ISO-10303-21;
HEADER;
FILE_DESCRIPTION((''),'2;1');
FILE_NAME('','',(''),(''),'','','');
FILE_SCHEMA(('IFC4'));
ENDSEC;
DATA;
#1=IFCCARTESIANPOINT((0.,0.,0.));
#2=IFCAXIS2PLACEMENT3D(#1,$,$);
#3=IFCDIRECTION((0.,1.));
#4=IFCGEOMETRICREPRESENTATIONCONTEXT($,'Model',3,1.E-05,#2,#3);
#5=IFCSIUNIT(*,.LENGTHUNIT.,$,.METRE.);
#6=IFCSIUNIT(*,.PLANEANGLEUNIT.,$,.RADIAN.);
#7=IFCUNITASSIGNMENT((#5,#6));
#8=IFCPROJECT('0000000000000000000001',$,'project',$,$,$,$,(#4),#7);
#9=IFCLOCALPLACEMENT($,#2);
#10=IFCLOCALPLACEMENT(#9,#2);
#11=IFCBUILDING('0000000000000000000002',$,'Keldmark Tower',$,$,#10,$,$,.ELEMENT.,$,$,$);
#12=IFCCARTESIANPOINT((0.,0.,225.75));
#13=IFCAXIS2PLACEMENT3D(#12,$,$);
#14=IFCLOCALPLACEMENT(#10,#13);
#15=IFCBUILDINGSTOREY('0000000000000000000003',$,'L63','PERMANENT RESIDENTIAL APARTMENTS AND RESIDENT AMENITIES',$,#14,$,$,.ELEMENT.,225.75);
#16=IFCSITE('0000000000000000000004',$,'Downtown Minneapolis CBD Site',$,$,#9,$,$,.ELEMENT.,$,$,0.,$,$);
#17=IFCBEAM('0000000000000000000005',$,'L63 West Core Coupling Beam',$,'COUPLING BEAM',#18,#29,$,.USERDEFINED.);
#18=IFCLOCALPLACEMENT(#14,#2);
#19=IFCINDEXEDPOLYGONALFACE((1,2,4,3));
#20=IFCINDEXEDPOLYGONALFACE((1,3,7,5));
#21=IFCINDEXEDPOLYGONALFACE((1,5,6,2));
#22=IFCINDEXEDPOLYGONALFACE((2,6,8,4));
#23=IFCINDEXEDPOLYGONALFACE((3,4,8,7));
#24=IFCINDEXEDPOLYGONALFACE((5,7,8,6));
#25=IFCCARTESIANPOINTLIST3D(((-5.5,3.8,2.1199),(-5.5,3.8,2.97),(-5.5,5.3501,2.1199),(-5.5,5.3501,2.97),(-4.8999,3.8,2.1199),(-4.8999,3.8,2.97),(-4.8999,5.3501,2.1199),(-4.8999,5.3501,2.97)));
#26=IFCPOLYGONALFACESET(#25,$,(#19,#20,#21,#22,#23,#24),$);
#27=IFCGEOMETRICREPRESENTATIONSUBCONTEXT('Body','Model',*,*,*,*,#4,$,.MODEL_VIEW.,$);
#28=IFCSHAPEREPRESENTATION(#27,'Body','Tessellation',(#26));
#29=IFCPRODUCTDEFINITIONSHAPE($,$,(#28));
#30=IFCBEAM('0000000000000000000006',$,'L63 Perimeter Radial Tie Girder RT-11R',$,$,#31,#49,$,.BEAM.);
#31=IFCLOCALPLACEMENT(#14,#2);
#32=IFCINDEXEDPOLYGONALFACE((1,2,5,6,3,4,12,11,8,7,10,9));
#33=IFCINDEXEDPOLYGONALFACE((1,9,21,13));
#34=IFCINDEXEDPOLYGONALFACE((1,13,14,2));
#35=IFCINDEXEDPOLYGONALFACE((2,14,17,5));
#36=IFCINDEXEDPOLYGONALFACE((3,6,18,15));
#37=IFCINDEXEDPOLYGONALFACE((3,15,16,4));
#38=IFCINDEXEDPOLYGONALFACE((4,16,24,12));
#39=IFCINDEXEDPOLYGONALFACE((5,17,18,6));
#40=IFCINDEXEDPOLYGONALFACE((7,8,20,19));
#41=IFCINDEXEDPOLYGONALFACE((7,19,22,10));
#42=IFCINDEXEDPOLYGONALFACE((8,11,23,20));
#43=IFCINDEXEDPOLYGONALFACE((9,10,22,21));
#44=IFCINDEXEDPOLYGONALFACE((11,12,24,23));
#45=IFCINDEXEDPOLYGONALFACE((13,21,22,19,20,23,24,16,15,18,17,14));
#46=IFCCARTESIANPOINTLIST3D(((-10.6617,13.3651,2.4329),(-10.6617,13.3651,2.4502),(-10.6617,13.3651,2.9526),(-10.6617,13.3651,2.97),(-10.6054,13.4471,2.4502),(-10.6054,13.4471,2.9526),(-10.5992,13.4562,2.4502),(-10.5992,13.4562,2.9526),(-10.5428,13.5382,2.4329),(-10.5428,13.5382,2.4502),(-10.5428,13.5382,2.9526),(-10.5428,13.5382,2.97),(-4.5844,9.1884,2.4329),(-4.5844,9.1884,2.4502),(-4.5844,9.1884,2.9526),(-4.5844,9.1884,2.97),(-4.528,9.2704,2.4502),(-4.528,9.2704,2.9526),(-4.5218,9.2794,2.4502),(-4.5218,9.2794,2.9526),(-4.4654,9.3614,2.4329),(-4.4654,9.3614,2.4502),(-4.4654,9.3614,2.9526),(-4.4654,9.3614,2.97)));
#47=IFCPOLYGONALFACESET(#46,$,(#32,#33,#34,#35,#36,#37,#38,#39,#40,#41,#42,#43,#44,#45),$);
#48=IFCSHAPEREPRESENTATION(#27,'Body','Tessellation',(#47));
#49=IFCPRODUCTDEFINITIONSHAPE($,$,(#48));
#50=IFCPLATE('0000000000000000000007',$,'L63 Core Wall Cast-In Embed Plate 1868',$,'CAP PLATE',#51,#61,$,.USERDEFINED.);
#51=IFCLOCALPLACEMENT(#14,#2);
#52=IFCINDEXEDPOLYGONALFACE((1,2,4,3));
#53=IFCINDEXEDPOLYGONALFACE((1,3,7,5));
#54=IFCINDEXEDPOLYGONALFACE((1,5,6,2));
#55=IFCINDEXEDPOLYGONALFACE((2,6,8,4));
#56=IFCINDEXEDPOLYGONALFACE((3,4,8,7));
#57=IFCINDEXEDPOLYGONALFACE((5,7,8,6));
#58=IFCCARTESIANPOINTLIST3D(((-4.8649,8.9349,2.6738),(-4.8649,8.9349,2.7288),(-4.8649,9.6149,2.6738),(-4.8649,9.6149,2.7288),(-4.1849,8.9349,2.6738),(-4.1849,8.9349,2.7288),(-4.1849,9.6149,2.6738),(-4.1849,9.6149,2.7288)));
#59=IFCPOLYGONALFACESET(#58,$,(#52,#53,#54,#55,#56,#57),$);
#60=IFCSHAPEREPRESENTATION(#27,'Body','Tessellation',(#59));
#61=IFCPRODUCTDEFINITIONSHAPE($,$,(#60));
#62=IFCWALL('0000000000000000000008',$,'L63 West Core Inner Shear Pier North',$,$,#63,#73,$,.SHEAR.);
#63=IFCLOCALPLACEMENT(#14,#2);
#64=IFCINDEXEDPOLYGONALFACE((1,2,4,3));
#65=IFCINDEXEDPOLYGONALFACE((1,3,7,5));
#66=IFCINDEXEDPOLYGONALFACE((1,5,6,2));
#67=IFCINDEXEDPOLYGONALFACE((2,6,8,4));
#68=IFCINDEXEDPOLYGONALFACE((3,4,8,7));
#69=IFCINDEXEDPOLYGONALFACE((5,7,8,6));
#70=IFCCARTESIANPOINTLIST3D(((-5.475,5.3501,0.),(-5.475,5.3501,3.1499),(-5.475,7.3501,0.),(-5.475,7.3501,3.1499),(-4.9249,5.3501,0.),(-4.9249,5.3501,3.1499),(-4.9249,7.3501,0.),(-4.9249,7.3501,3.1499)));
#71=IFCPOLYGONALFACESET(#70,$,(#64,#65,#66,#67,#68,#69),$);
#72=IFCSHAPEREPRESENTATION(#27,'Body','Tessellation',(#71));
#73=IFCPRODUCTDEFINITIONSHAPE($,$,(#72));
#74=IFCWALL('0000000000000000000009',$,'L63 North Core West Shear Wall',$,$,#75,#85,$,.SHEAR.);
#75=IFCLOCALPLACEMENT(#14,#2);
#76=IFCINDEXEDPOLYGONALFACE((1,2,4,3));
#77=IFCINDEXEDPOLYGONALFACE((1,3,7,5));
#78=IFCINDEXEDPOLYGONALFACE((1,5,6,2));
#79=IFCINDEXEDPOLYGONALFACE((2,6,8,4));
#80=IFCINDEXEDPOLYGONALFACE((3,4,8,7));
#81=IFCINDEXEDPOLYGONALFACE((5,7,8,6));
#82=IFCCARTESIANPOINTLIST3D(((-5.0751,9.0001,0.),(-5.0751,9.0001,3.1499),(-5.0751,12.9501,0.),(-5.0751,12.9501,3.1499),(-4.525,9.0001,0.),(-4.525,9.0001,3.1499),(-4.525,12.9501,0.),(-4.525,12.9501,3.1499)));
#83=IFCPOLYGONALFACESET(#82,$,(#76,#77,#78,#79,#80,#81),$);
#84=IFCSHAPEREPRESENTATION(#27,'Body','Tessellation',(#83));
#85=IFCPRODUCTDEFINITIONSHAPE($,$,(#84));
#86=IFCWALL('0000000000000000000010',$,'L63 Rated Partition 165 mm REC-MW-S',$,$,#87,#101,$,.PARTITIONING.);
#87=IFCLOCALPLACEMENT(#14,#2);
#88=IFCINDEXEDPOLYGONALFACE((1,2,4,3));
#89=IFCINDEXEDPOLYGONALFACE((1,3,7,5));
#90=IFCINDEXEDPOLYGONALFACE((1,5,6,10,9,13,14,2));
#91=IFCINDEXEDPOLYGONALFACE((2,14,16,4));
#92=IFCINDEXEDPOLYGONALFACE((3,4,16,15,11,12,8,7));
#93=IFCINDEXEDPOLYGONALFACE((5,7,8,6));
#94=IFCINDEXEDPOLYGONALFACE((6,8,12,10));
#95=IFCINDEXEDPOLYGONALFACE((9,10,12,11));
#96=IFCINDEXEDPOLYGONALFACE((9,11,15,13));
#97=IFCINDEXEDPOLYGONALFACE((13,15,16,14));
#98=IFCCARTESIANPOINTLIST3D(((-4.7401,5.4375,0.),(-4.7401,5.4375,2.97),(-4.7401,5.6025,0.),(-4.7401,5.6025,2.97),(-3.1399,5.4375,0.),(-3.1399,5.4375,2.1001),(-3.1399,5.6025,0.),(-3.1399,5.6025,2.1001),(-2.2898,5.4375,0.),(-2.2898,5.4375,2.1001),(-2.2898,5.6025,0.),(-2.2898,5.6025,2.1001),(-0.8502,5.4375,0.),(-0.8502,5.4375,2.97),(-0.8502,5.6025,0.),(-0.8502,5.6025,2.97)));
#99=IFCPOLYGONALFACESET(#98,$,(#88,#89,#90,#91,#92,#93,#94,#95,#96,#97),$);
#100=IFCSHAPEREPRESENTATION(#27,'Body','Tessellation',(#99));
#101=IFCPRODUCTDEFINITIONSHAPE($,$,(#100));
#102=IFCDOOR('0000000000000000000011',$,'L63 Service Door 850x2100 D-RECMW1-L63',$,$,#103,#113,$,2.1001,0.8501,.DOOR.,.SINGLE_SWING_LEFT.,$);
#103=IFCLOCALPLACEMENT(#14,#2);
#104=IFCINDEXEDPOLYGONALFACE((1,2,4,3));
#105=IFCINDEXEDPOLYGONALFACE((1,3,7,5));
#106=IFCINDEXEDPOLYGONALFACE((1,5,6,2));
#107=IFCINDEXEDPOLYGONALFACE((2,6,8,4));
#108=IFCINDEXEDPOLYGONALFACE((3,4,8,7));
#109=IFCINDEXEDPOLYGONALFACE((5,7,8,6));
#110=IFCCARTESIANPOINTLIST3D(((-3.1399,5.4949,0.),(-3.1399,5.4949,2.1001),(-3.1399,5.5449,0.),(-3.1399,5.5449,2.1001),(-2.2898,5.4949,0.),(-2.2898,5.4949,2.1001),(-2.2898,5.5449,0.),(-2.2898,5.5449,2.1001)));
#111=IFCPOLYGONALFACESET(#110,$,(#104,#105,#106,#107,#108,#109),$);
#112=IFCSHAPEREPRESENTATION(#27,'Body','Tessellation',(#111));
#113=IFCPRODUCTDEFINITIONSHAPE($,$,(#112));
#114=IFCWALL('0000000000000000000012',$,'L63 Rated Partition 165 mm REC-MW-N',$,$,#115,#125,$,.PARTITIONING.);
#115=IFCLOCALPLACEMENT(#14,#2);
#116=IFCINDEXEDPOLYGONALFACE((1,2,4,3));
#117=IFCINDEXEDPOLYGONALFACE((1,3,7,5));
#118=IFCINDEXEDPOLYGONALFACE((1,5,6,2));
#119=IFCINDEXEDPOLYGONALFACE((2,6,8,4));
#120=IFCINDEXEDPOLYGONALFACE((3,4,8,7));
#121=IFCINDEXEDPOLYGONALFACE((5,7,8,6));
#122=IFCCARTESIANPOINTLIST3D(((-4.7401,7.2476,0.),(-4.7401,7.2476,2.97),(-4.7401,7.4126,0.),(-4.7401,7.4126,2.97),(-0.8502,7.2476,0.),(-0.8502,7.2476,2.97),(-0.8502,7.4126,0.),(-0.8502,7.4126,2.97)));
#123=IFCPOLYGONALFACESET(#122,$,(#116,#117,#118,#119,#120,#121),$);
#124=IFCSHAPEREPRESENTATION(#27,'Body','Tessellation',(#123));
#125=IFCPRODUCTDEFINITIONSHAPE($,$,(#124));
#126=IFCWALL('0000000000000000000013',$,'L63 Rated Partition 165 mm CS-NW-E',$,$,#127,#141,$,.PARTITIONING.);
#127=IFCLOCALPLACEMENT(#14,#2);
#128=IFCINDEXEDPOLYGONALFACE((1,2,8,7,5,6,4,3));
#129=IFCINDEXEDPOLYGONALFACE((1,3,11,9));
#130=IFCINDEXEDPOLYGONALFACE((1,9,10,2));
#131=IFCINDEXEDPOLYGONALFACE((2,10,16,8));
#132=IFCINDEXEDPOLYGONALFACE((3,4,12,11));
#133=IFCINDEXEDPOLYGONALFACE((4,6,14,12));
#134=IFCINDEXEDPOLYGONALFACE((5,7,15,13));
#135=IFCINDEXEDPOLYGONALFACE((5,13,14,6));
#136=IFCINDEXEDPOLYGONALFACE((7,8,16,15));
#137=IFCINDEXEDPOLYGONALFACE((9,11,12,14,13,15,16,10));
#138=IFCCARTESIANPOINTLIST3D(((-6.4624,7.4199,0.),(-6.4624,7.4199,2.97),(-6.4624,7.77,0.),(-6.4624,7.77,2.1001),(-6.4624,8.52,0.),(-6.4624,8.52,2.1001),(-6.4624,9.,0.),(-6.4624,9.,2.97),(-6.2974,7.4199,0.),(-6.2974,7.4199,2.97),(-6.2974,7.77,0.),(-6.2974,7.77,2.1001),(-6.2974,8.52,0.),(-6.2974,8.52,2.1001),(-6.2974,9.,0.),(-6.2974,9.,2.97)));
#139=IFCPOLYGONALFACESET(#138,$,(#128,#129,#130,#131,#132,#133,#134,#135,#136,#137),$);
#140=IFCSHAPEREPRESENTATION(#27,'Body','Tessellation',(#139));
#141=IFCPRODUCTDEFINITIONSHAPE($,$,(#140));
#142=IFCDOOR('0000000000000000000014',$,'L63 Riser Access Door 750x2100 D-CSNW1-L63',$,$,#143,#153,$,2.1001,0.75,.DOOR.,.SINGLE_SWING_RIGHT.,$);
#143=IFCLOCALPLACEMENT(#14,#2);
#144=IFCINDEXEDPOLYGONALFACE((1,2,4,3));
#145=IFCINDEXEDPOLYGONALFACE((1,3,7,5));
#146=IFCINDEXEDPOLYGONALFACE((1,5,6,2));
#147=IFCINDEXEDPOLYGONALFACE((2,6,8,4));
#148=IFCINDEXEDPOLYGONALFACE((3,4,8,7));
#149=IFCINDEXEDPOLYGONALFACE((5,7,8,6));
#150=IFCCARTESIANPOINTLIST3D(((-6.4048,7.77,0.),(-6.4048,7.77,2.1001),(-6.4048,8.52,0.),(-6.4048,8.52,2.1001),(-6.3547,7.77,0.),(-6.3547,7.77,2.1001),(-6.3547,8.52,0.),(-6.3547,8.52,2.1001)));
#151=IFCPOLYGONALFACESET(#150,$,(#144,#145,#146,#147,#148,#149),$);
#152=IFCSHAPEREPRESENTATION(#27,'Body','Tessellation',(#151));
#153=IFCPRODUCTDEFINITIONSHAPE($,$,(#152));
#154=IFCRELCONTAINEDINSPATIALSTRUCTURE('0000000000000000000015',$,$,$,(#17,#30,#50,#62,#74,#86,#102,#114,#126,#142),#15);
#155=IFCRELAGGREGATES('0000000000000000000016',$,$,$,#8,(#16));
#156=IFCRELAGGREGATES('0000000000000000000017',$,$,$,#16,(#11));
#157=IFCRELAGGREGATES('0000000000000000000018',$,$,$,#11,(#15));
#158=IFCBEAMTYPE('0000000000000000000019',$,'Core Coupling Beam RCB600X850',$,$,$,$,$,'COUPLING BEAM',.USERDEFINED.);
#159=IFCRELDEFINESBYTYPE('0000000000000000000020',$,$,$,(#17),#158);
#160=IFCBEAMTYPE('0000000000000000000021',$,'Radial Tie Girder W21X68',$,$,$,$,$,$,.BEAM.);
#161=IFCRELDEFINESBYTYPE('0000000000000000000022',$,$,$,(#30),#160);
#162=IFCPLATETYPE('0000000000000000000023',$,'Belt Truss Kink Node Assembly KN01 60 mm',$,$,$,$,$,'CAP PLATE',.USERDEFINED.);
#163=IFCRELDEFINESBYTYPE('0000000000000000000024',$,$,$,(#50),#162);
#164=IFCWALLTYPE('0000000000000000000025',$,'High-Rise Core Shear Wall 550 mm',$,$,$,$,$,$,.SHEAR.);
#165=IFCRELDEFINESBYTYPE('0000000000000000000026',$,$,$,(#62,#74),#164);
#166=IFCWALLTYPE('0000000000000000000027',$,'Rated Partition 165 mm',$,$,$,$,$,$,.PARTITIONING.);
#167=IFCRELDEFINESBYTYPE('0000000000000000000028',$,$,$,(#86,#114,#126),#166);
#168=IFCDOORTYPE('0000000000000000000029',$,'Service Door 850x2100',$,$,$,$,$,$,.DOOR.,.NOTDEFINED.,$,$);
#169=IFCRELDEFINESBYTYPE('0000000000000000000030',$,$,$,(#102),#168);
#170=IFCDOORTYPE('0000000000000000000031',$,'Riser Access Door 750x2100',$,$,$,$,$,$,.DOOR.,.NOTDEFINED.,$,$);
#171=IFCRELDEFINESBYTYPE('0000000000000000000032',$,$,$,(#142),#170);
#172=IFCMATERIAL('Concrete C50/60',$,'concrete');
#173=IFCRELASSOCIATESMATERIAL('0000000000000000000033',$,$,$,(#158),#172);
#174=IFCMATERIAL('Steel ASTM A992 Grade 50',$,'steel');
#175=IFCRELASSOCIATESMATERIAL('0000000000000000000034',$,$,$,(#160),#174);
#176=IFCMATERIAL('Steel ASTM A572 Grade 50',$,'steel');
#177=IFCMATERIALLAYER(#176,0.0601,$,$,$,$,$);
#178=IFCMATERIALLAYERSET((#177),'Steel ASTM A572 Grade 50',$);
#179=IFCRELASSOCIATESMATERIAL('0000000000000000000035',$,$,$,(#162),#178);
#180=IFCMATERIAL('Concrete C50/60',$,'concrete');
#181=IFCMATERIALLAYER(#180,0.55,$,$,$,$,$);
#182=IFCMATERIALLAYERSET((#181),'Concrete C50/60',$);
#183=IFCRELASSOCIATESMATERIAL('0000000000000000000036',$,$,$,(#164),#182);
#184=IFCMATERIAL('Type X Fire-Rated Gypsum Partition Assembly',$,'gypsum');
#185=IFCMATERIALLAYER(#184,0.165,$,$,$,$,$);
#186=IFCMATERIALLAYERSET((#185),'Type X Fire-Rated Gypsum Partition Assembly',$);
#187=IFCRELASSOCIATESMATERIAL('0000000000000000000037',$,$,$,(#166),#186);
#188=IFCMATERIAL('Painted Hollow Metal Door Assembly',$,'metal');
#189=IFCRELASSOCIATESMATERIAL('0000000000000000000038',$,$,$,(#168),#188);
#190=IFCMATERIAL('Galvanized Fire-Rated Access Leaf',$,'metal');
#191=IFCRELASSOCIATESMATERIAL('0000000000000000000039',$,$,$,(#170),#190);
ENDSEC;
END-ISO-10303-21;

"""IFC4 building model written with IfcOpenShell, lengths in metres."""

from ifc_helpers import new_model, si_unit, direction, frame, frame_2d, origin, origin_2d, place, context, subcontext, project, spatial, rectangle, i_section, extrude, material, layer, layer_set, material_profile, profile_set, type_object, element, fill, save


model = new_model("IFC4")

# Units and contexts
model_context = context("Model", 3, precision=1e-05, world=origin(), true_north=direction((0.0, 1.0)))
body_context = subcontext(model_context, "Body", "Model", "MODEL_VIEW")
ifc_project = project(units=[si_unit("LENGTHUNIT", "METRE"), si_unit("PLANEANGLEUNIT", "RADIAN")], contexts=[model_context])

# Site, building, storey
site_placement = place(None, origin())
site = spatial("IfcSite", under=ifc_project, at=site_placement, Name="Downtown Minneapolis CBD Site", CompositionType="ELEMENT", RefElevation=0.0)
building_placement = place(site_placement, origin())
building = spatial("IfcBuilding", under=site, at=building_placement, Name="Keldmark Tower", CompositionType="ELEMENT")
storey_placement = place(building_placement, frame((0.0, 0.0, 225.75)))
storey = spatial("IfcBuildingStorey", under=building, at=storey_placement, Name="L63", Description="PERMANENT RESIDENTIAL APARTMENTS AND RESIDENT AMENITIES", CompositionType="ELEMENT", Elevation=225.75)

# Beams
ifc_material_1 = material(Name="Concrete C50/60", Category="concrete")
ifc_material_profile_1 = material_profile(ifc_material_1, rectangle(XDim=0.6001, YDim=0.8501, at=origin_2d()), Name="RCB600X850")
ifc_profile_set_1 = profile_set([ifc_material_profile_1], Name="Concrete C50/60")
beam_type_1 = type_object("IfcBeamType", Name="Core Coupling Beam RCB600X850", ElementType="COUPLING BEAM", PredefinedType="USERDEFINED", material=ifc_profile_set_1)
beam_1_placement = place(storey_placement, frame((-5.2, 3.8, 2.5449), z_axis=(0.0, 1.0, 0.0), x_axis=(-1.0, 0.0, 0.0)))
element("IfcBeam", 1, at=beam_1_placement, inside=storey, type_object=beam_type_1, Name="L63 West Core Coupling Beam", ObjectType="COUPLING BEAM", PredefinedType="USERDEFINED", context=body_context, shape_type="SweptSolid", body=[
    extrude(rectangle(XDim=0.6001, YDim=0.8501, at=origin_2d()), origin(), (0.0, 0.0, 1.0), 1.55),
])
ifc_material_2 = material(Name="Steel ASTM A992 Grade 50", Category="steel")
ifc_material_profile_2 = material_profile(ifc_material_2, i_section(OverallWidth=0.21, OverallDepth=0.5371, WebThickness=0.011, FlangeThickness=0.0173, at=origin_2d()), Name="W21X68")
ifc_profile_set_2 = profile_set([ifc_material_profile_2], Name="Steel ASTM A992 Grade 50")
beam_type_2 = type_object("IfcBeamType", Name="Radial Tie Girder W21X68", PredefinedType="BEAM", material=ifc_profile_set_2)
beam_2_placement = place(storey_placement, frame((-4.5249, 9.2749, 2.7014), z_axis=(-0.824134, 0.566395, 0.0), x_axis=(-0.566395, -0.824134, 0.0)))
element("IfcBeam", 2, at=beam_2_placement, inside=storey, type_object=beam_type_2, Name="L63 Perimeter Radial Tie Girder RT-11R", PredefinedType="BEAM", context=body_context, shape_type="SweptSolid", body=[
    extrude(i_section(OverallWidth=0.21, OverallDepth=0.5371, WebThickness=0.011, FlangeThickness=0.0173, at=origin_2d()), origin(), (0.0, 0.0, 1.0), 7.3743),
])

# Plate
ifc_material_3 = material(Name="Steel ASTM A572 Grade 50", Category="steel")
ifc_layer_1 = layer(ifc_material_3, 0.0601)
ifc_layer_set_1 = layer_set([ifc_layer_1], Name="Steel ASTM A572 Grade 50")
plate_type = type_object("IfcPlateType", Name="Belt Truss Kink Node Assembly KN01 60 mm", ElementType="CAP PLATE", PredefinedType="USERDEFINED", material=ifc_layer_set_1)
plate_placement = place(storey_placement, frame((-4.5249, 9.2749, 2.6738), z_axis=(0.0, 0.0, 1.0), x_axis=(1.0, 0.0, 0.0)))
element("IfcPlate", 3, at=plate_placement, inside=storey, type_object=plate_type, Name="L63 Core Wall Cast-In Embed Plate 1868", ObjectType="CAP PLATE", PredefinedType="USERDEFINED", context=body_context, shape_type="SweptSolid", body=[
    extrude(rectangle(XDim=0.6799, YDim=0.6799, at=origin_2d()), origin(), (0.0, 0.0, 1.0), 0.0549),
])

# Walls
ifc_material_4 = material(Name="Concrete C50/60", Category="concrete")
ifc_layer_2 = layer(ifc_material_4, 0.55)
ifc_layer_set_2 = layer_set([ifc_layer_2], Name="Concrete C50/60")
wall_type_1 = type_object("IfcWallType", Name="High-Rise Core Shear Wall 550 mm", PredefinedType="SHEAR", material=ifc_layer_set_2)
wall_1_placement = place(storey_placement, frame((-5.2, 5.3501, 0.0), z_axis=(0.0, 0.0, 1.0), x_axis=(0.0, 1.0, 0.0)))
element("IfcWall", 4, at=wall_1_placement, inside=storey, type_object=wall_type_1, Name="L63 West Core Inner Shear Pier North", PredefinedType="SHEAR", context=body_context, shape_type="SweptSolid", body=[
    extrude(rectangle(XDim=2.0, YDim=0.55, at=frame_2d((1.0, 0.0))), origin(), (0.0, 0.0, 1.0), 3.1499),
])
wall_2_placement = place(storey_placement, frame((-4.8, 9.0, 0.0), z_axis=(0.0, 0.0, 1.0), x_axis=(0.0, 1.0, 0.0)))
element("IfcWall", 5, at=wall_2_placement, inside=storey, type_object=wall_type_1, Name="L63 North Core West Shear Wall", PredefinedType="SHEAR", context=body_context, shape_type="SweptSolid", body=[
    extrude(rectangle(XDim=3.95, YDim=0.55, at=frame_2d((1.9751, 0.0))), origin(), (0.0, 0.0, 1.0), 3.1499),
])

# Wall, opening, door
ifc_material_5 = material(Name="Type X Fire-Rated Gypsum Partition Assembly", Category="gypsum")
ifc_layer_3 = layer(ifc_material_5, 0.165)
ifc_layer_set_3 = layer_set([ifc_layer_3], Name="Type X Fire-Rated Gypsum Partition Assembly")
wall_type_2 = type_object("IfcWallType", Name="Rated Partition 165 mm", PredefinedType="PARTITIONING", material=ifc_layer_set_3)
wall_3_placement = place(storey_placement, frame((-4.74, 5.52, 0.0), z_axis=(0.0, 0.0, 1.0), x_axis=(1.0, 0.0, 0.0)))
wall_3 = element("IfcWall", 6, at=wall_3_placement, inside=storey, type_object=wall_type_2, Name="L63 Rated Partition 165 mm REC-MW-S", PredefinedType="PARTITIONING", context=body_context, shape_type="SweptSolid", body=[
    extrude(rectangle(XDim=3.8899, YDim=0.165, at=frame_2d((1.9448, 0.0))), origin(), (0.0, 0.0, 1.0), 2.97),
])
opening_1_placement = place(wall_3_placement, frame((1.6001, 0.0, 0.0)))
opening_1 = element("IfcOpeningElement", 7, at=opening_1_placement, cuts=wall_3, PredefinedType="OPENING", context=body_context, shape_type="SweptSolid", body=[
    extrude(rectangle(XDim=0.8501, YDim=2.1001, at=frame_2d((0.425, 1.05))), frame((0.0, 0.0925, 0.0), z_axis=(0.0, -1.0, 0.0), x_axis=(1.0, 0.0, 0.0)), (0.0, 0.0, 1.0), 0.1851),
])
ifc_material_6 = material(Name="Painted Hollow Metal Door Assembly", Category="metal")
door_type_1 = type_object("IfcDoorType", Name="Service Door 850x2100", OperationType="NOTDEFINED", PredefinedType="DOOR", material=ifc_material_6)
door_1_placement = place(opening_1_placement, origin())
door_1 = element("IfcDoor", 8, at=door_1_placement, inside=storey, type_object=door_type_1, Name="L63 Service Door 850x2100 D-RECMW1-L63", OperationType="SINGLE_SWING_LEFT", OverallHeight=2.1001, OverallWidth=0.8501, PredefinedType="DOOR", context=body_context, shape_type="SweptSolid", body=[
    extrude(rectangle(XDim=0.8501, YDim=2.1001, at=frame_2d((0.425, 1.05))), frame((0.0, 0.0249, 0.0), z_axis=(0.0, -1.0, 0.0), x_axis=(1.0, 0.0, 0.0)), (0.0, 0.0, 1.0), 0.05),
])
fill(opening_1, door_1)

# Wall
wall_4_placement = place(storey_placement, frame((-4.74, 7.3301, 0.0), z_axis=(0.0, 0.0, 1.0), x_axis=(1.0, 0.0, 0.0)))
element("IfcWall", 9, at=wall_4_placement, inside=storey, type_object=wall_type_2, Name="L63 Rated Partition 165 mm REC-MW-N", PredefinedType="PARTITIONING", context=body_context, shape_type="SweptSolid", body=[
    extrude(rectangle(XDim=3.8899, YDim=0.165, at=frame_2d((1.9448, 0.0))), origin(), (0.0, 0.0, 1.0), 2.97),
])

# Wall, opening, door
wall_5_placement = place(storey_placement, frame((-6.3799, 7.4199, 0.0), z_axis=(0.0, 0.0, 1.0), x_axis=(0.0, 1.0, 0.0)))
wall_5 = element("IfcWall", 10, at=wall_5_placement, inside=storey, type_object=wall_type_2, Name="L63 Rated Partition 165 mm CS-NW-E", PredefinedType="PARTITIONING", context=body_context, shape_type="SweptSolid", body=[
    extrude(rectangle(XDim=1.5801, YDim=0.165, at=frame_2d((0.79, 0.0))), origin(), (0.0, 0.0, 1.0), 2.97),
])
opening_2_placement = place(wall_5_placement, frame((0.3501, 0.0, 0.0)))
opening_2 = element("IfcOpeningElement", 11, at=opening_2_placement, cuts=wall_5, PredefinedType="OPENING", context=body_context, shape_type="SweptSolid", body=[
    extrude(rectangle(XDim=0.75, YDim=2.1001, at=frame_2d((0.375, 1.05))), frame((0.0, 0.0925, 0.0), z_axis=(0.0, -1.0, 0.0), x_axis=(1.0, 0.0, 0.0)), (0.0, 0.0, 1.0), 0.1851),
])
ifc_material_7 = material(Name="Galvanized Fire-Rated Access Leaf", Category="metal")
door_type_2 = type_object("IfcDoorType", Name="Riser Access Door 750x2100", OperationType="NOTDEFINED", PredefinedType="DOOR", material=ifc_material_7)
door_2_placement = place(opening_2_placement, origin())
door_2 = element("IfcDoor", 12, at=door_2_placement, inside=storey, type_object=door_type_2, Name="L63 Riser Access Door 750x2100 D-CSNW1-L63", OperationType="SINGLE_SWING_RIGHT", OverallHeight=2.1001, OverallWidth=0.75, PredefinedType="DOOR", context=body_context, shape_type="SweptSolid", body=[
    extrude(rectangle(XDim=0.75, YDim=2.1001, at=frame_2d((0.375, 1.05))), frame((0.0, 0.0249, 0.0), z_axis=(0.0, -1.0, 0.0), x_axis=(1.0, 0.0, 0.0)), (0.0, 0.0, 1.0), 0.05),
])
fill(opening_2, door_2)

save(model, "model.ifc")
